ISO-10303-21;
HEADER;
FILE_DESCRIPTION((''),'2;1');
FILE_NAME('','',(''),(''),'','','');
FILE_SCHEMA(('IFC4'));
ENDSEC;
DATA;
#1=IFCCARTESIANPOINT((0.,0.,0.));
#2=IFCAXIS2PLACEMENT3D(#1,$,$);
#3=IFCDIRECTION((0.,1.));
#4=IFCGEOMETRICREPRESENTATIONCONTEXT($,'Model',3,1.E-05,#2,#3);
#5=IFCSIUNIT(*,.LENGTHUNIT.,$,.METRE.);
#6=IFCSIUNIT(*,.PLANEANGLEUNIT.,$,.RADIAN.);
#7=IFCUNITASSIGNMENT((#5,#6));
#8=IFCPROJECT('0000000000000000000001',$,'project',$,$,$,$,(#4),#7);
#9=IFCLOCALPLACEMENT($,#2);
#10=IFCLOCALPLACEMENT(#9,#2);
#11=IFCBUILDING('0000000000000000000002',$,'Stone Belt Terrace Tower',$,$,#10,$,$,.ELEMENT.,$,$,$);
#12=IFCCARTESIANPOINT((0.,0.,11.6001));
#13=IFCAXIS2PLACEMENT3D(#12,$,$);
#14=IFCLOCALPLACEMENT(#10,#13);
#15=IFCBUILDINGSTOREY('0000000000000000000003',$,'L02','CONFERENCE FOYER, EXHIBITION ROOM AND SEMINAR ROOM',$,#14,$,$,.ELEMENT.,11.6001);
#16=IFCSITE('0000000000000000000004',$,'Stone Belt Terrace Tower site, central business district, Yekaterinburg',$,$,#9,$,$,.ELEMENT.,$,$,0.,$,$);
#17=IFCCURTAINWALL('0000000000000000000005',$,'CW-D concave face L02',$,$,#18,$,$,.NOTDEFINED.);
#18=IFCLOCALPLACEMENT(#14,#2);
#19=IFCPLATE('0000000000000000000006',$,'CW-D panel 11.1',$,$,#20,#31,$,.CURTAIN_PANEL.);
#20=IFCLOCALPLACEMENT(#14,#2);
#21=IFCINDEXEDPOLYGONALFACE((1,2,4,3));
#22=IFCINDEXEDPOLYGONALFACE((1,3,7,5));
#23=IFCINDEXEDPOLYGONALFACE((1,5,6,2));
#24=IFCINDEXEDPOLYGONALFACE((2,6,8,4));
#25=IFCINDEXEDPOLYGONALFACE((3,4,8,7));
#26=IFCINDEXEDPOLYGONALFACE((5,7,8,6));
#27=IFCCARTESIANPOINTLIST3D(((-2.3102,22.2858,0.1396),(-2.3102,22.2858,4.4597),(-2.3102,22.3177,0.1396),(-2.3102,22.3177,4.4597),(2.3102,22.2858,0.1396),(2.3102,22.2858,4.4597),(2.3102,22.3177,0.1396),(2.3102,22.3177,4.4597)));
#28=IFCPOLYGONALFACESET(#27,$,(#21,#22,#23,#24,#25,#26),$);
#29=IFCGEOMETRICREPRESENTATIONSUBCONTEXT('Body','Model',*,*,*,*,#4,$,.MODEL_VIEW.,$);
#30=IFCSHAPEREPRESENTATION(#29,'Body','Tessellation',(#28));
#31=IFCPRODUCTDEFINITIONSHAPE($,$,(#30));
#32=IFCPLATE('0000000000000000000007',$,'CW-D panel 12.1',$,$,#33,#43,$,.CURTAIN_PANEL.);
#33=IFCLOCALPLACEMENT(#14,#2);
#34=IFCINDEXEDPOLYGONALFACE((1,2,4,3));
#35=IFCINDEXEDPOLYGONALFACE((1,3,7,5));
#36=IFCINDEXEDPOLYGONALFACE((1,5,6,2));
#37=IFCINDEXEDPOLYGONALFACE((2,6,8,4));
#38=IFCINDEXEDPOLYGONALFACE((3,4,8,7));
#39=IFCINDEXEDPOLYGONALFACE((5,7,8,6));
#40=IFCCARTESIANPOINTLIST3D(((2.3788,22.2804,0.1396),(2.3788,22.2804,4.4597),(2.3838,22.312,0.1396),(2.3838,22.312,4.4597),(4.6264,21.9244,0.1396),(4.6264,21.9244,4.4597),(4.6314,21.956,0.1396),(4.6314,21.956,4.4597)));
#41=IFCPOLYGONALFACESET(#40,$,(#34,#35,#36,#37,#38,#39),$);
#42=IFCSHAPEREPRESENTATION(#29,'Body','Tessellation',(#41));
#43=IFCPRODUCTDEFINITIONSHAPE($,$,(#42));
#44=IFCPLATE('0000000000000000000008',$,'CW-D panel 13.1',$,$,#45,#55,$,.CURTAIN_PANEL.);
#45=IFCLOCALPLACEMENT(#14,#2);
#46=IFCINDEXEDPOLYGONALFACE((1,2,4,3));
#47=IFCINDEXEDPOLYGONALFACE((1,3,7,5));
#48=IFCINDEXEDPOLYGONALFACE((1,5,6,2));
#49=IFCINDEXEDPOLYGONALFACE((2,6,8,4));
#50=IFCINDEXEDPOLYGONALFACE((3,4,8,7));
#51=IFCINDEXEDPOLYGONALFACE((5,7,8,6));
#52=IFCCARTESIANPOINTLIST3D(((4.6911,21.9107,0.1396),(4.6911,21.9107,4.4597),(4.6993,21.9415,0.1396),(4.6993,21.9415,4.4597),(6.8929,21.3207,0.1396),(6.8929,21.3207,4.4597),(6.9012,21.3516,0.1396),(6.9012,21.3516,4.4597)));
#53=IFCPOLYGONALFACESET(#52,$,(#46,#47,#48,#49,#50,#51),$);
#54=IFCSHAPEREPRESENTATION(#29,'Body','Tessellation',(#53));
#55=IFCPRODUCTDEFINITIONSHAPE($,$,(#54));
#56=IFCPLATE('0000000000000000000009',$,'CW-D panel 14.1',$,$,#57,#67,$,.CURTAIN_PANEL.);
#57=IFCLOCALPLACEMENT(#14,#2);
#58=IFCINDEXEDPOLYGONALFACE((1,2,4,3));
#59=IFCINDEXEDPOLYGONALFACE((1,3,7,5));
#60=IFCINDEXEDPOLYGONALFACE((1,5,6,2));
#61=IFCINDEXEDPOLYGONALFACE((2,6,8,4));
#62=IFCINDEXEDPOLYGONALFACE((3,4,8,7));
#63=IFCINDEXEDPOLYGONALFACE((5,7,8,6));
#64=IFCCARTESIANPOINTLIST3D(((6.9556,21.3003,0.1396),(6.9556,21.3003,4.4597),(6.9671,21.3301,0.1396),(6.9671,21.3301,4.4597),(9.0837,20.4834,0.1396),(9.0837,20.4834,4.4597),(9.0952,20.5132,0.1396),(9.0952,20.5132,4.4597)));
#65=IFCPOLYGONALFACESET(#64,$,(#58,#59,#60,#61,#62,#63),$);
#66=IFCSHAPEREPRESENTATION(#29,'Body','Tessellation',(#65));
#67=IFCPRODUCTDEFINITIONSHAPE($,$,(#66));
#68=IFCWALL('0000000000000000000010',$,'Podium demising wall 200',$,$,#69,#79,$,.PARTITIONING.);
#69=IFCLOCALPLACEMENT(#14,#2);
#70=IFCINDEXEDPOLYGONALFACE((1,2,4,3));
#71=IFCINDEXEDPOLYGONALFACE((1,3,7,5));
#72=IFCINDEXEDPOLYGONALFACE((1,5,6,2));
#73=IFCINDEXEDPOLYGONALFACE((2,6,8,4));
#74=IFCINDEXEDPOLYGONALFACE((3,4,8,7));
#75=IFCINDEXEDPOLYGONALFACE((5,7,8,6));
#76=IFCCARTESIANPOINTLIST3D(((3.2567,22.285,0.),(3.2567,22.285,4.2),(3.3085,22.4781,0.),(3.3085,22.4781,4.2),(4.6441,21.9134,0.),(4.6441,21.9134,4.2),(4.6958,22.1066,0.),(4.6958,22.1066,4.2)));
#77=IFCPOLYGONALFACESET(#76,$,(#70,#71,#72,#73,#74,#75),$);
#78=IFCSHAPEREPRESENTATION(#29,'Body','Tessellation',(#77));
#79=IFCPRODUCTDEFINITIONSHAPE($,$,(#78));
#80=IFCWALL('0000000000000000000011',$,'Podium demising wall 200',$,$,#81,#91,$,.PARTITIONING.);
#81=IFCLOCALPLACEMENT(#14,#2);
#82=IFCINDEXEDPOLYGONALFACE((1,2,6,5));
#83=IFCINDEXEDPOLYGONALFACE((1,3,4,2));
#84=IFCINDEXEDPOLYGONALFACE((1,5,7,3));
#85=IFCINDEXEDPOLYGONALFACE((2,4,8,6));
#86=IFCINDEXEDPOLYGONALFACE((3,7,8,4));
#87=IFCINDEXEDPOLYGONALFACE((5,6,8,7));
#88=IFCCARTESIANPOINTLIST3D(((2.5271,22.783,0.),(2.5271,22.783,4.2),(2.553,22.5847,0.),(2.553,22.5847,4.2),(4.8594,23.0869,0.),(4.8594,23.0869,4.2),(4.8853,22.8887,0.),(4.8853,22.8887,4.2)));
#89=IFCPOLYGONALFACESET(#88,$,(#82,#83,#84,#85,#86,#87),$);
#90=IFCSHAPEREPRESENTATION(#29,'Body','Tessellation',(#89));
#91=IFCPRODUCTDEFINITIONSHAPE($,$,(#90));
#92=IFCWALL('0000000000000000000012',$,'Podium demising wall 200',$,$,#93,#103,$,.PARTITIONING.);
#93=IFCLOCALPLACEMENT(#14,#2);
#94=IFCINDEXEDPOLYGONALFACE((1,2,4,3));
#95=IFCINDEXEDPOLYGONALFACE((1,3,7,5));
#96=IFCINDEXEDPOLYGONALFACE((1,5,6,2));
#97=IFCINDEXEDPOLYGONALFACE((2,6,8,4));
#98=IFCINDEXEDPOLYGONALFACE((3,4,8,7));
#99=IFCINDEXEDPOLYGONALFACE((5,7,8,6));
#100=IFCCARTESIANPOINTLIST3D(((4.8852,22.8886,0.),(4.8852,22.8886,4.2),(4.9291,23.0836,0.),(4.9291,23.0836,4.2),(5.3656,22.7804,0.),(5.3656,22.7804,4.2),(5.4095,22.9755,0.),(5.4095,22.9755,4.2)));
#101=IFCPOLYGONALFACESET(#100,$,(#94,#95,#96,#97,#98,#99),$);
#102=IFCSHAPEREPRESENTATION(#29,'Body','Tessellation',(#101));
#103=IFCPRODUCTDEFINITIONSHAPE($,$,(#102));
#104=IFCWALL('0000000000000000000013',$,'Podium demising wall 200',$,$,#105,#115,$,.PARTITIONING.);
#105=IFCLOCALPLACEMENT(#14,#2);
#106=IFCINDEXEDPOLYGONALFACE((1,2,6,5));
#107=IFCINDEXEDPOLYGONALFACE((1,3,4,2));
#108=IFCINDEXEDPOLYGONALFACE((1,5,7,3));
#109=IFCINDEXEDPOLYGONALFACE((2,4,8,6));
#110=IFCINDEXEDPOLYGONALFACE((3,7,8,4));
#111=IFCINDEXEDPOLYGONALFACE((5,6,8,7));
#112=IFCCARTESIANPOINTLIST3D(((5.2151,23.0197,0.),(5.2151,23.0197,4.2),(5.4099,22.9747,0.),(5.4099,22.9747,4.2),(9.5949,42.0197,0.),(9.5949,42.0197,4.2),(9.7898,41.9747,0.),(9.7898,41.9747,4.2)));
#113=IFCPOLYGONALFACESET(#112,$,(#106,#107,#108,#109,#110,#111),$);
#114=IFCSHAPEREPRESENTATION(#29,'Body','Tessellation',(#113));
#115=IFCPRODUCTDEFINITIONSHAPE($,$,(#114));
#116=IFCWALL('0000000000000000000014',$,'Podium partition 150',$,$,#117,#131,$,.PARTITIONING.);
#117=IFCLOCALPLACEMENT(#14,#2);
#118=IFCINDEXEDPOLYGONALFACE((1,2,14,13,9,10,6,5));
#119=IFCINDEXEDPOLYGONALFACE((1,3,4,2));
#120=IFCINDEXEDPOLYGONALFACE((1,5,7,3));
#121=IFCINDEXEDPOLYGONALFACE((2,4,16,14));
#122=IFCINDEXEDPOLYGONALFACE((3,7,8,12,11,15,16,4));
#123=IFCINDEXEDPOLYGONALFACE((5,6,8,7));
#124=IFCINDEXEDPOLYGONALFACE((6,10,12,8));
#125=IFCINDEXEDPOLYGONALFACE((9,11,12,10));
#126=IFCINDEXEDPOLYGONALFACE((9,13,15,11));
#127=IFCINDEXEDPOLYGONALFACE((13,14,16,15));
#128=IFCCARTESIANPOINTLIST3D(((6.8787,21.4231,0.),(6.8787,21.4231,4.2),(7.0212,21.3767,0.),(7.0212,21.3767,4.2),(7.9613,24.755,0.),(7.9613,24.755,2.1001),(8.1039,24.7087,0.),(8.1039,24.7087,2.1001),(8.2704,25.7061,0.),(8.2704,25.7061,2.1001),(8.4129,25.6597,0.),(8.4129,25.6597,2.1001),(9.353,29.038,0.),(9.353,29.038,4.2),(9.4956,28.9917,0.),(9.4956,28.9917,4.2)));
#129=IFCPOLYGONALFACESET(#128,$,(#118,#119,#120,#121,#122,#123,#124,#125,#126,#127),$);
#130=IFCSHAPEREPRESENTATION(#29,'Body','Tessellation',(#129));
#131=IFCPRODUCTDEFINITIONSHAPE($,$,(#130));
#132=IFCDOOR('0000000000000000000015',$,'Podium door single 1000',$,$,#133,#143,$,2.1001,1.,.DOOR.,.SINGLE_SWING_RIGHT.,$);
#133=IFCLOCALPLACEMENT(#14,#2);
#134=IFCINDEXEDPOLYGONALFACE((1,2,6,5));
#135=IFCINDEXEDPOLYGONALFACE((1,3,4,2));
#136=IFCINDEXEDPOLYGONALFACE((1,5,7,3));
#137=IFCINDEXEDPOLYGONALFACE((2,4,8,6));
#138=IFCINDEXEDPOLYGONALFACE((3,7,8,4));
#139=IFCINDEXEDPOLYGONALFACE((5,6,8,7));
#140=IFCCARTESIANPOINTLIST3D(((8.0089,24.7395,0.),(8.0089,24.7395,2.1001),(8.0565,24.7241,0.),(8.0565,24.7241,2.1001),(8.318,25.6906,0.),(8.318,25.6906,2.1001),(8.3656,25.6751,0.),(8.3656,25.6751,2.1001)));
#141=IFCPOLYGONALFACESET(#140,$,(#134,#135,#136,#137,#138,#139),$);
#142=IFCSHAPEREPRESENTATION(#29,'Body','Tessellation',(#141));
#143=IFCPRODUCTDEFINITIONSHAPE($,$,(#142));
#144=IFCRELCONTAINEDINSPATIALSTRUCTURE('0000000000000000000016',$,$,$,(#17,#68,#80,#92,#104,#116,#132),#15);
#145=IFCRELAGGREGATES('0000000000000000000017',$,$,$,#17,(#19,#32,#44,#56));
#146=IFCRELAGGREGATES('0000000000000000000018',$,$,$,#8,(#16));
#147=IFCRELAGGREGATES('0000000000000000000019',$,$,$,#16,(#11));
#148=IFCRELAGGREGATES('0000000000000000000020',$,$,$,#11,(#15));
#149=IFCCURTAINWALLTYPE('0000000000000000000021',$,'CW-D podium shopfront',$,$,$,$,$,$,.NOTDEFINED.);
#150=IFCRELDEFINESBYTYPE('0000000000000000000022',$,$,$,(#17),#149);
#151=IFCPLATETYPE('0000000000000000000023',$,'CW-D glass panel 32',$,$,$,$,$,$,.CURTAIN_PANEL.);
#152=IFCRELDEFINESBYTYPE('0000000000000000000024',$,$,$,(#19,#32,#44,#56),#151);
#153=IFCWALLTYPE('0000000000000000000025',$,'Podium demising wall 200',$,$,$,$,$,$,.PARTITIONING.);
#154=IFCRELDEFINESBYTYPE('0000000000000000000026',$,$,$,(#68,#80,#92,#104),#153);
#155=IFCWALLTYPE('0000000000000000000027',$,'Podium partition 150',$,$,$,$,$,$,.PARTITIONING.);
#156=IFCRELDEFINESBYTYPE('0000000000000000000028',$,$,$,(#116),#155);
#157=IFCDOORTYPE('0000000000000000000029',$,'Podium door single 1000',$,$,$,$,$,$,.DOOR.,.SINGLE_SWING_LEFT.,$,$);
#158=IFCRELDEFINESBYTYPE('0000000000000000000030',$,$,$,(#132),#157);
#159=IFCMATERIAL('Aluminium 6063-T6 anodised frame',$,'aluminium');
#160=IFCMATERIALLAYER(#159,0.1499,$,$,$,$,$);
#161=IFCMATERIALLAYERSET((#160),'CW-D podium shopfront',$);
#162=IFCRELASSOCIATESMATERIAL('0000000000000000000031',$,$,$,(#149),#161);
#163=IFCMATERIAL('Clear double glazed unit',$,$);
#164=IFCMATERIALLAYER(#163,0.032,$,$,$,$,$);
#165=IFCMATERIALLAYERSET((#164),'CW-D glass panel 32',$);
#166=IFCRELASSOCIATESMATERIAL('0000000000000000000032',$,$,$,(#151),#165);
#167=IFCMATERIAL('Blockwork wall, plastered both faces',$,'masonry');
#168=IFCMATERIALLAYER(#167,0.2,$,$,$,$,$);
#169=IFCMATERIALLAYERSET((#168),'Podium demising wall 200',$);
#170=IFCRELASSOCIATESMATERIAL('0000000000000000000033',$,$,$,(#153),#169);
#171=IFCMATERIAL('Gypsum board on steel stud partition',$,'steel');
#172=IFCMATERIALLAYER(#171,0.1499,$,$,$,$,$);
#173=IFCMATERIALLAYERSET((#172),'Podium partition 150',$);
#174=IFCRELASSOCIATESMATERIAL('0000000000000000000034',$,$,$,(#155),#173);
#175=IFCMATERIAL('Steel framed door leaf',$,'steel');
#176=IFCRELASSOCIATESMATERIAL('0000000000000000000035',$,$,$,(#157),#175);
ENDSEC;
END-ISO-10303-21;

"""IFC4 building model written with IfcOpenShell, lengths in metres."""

from ifc_helpers import new_model, si_unit, direction, frame, frame_2d, origin, origin_2d, place, context, subcontext, project, spatial, rectangle, extrude, material, layer, layer_set, type_object, element, fill, aggregate, save


model = new_model("IFC4")

# Units and contexts
model_context = context("Model", 3, precision=1e-05, world=origin(), true_north=direction((0.0, 1.0)))
body_context = subcontext(model_context, "Body", "Model", "MODEL_VIEW")
ifc_project = project(units=[si_unit("LENGTHUNIT", "METRE"), si_unit("PLANEANGLEUNIT", "RADIAN")], contexts=[model_context])

# Site, building, storey
site_placement = place(None, origin())
site = spatial("IfcSite", under=ifc_project, at=site_placement, Name="Stone Belt Terrace Tower site, central business district, Yekaterinburg", CompositionType="ELEMENT", RefElevation=0.0)
building_placement = place(site_placement, origin())
building = spatial("IfcBuilding", under=site, at=building_placement, Name="Stone Belt Terrace Tower", CompositionType="ELEMENT")
storey_placement = place(building_placement, frame((0.0, 0.0, 11.6001)))
storey = spatial("IfcBuildingStorey", under=building, at=storey_placement, Name="L02", Description="CONFERENCE FOYER, EXHIBITION ROOM AND SEMINAR ROOM", CompositionType="ELEMENT", Elevation=11.6001)

# Curtain wall, plates
ifc_material_1 = material(Name="Aluminium 6063-T6 anodised frame", Category="aluminium")
ifc_layer_1 = layer(ifc_material_1, 0.1499)
ifc_layer_set_1 = layer_set([ifc_layer_1], Name="CW-D podium shopfront")
curtain_wall_type = type_object("IfcCurtainWallType", Name="CW-D podium shopfront", PredefinedType="NOTDEFINED", material=ifc_layer_set_1)
curtain_wall_placement = place(storey_placement, origin())
curtain_wall = element("IfcCurtainWall", 1, at=curtain_wall_placement, inside=storey, type_object=curtain_wall_type, Name="CW-D concave face L02", PredefinedType="NOTDEFINED")
ifc_material_2 = material(Name="Clear double glazed unit")
ifc_layer_2 = layer(ifc_material_2, 0.032)
ifc_layer_set_2 = layer_set([ifc_layer_2], Name="CW-D glass panel 32")
plate_type = type_object("IfcPlateType", Name="CW-D glass panel 32", PredefinedType="CURTAIN_PANEL", material=ifc_layer_set_2)
plate_1_placement = place(storey_placement, frame((0.0, 22.3018, 0.1396), z_axis=(0.0, 0.0, 1.0), x_axis=(1.0, 0.0, 0.0)))
plate_1 = element("IfcPlate", 2, at=plate_1_placement, type_object=plate_type, Name="CW-D panel 11.1", PredefinedType="CURTAIN_PANEL", context=body_context, shape_type="SweptSolid", body=[
    extrude(rectangle(XDim=4.6204, YDim=0.032, at=origin_2d()), origin(), (0.0, 0.0, 1.0), 4.3201),
])
plate_2_placement = place(storey_placement, frame((3.5051, 22.1182, 0.1396), z_axis=(0.0, 0.0, 1.0), x_axis=(0.987688, -0.156434, 0.0)))
plate_2 = element("IfcPlate", 3, at=plate_2_placement, type_object=plate_type, Name="CW-D panel 12.1", PredefinedType="CURTAIN_PANEL", context=body_context, shape_type="SweptSolid", body=[
    extrude(rectangle(XDim=2.2756, YDim=0.032, at=origin_2d()), origin(), (0.0, 0.0, 1.0), 4.3201),
])
plate_3_placement = place(storey_placement, frame((5.7961, 21.6311, 0.1396), z_axis=(0.0, 0.0, 1.0), x_axis=(0.965926, -0.258819, 0.0)))
plate_3 = element("IfcPlate", 4, at=plate_3_placement, type_object=plate_type, Name="CW-D panel 13.1", PredefinedType="CURTAIN_PANEL", context=body_context, shape_type="SweptSolid", body=[
    extrude(rectangle(XDim=2.2795, YDim=0.032, at=origin_2d()), origin(), (0.0, 0.0, 1.0), 4.3201),
])
plate_4_placement = place(storey_placement, frame((8.0254, 20.9067, 0.1396), z_axis=(0.0, 0.0, 1.0), x_axis=(0.93358, -0.358368, 0.0)))
plate_4 = element("IfcPlate", 5, at=plate_4_placement, type_object=plate_type, Name="CW-D panel 14.1", PredefinedType="CURTAIN_PANEL", context=body_context, shape_type="SweptSolid", body=[
    extrude(rectangle(XDim=2.2795, YDim=0.032, at=origin_2d()), origin(), (0.0, 0.0, 1.0), 4.3201),
])
aggregate(curtain_wall, [plate_1, plate_2, plate_3, plate_4])

# Walls
ifc_material_3 = material(Name="Blockwork wall, plastered both faces", Category="masonry")
ifc_layer_3 = layer(ifc_material_3, 0.2)
ifc_layer_set_3 = layer_set([ifc_layer_3], Name="Podium demising wall 200")
wall_type_1 = type_object("IfcWallType", Name="Podium demising wall 200", PredefinedType="PARTITIONING", material=ifc_layer_set_3)
wall_1_placement = place(storey_placement, frame((3.2825, 22.3816, 0.0), z_axis=(0.0, 0.0, 1.0), x_axis=(0.965958, -0.258699, 0.0)))
element("IfcWall", 6, at=wall_1_placement, inside=storey, type_object=wall_type_1, Name="Podium demising wall 200", PredefinedType="PARTITIONING", context=body_context, shape_type="SweptSolid", body=[
    extrude(rectangle(XDim=1.4363, YDim=0.2, at=frame_2d((0.7183, 0.0))), origin(), (0.0, 0.0, 1.0), 4.2),
])
wall_2_placement = place(storey_placement, frame((2.54, 22.6838, 0.0), z_axis=(0.0, 0.0, 1.0), x_axis=(0.991614, 0.129233, 0.0)))
element("IfcWall", 7, at=wall_2_placement, inside=storey, type_object=wall_type_1, Name="Podium demising wall 200", PredefinedType="PARTITIONING", context=body_context, shape_type="SweptSolid", body=[
    extrude(rectangle(XDim=2.3521, YDim=0.2, at=frame_2d((1.176, 0.0))), origin(), (0.0, 0.0, 1.0), 4.2),
])
wall_3_placement = place(storey_placement, frame((4.9072, 22.9861, 0.0), z_axis=(0.0, 0.0, 1.0), x_axis=(0.975589, -0.219607, 0.0)))
element("IfcWall", 8, at=wall_3_placement, inside=storey, type_object=wall_type_1, Name="Podium demising wall 200", PredefinedType="PARTITIONING", context=body_context, shape_type="SweptSolid", body=[
    extrude(rectangle(XDim=0.4924, YDim=0.2, at=frame_2d((0.2461, 0.0))), origin(), (0.0, 0.0, 1.0), 4.2),
])
wall_4_placement = place(storey_placement, frame((5.3125, 22.9973, 0.0), z_axis=(0.0, 0.0, 1.0), x_axis=(0.224629, 0.974444, 0.0)))
element("IfcWall", 9, at=wall_4_placement, inside=storey, type_object=wall_type_1, Name="Podium demising wall 200", PredefinedType="PARTITIONING", context=body_context, shape_type="SweptSolid", body=[
    extrude(rectangle(XDim=19.4983, YDim=0.2, at=frame_2d((9.749, 0.0))), origin(), (0.0, 0.0, 1.0), 4.2),
])

# Wall, opening, door
ifc_material_4 = material(Name="Gypsum board on steel stud partition", Category="steel")
ifc_layer_4 = layer(ifc_material_4, 0.1499)
ifc_layer_set_4 = layer_set([ifc_layer_4], Name="Podium partition 150")
wall_type_2 = type_object("IfcWallType", Name="Podium partition 150", PredefinedType="PARTITIONING", material=ifc_layer_set_4)
wall_5_placement = place(storey_placement, frame((6.95, 21.3999, 0.0), z_axis=(0.0, 0.0, 1.0), x_axis=(0.309029, 0.951053, 0.0)))
wall_5 = element("IfcWall", 10, at=wall_5_placement, inside=storey, type_object=wall_type_2, Name="Podium partition 150", PredefinedType="PARTITIONING", context=body_context, shape_type="SweptSolid", body=[
    extrude(rectangle(XDim=8.0068, YDim=0.1499, at=frame_2d((4.0034, 0.0))), origin(), (0.0, 0.0, 1.0), 4.2),
])
opening_placement = place(wall_5_placement, frame((3.5034, 0.0, 0.0)))
opening = element("IfcOpeningElement", 11, at=opening_placement, cuts=wall_5, PredefinedType="OPENING", context=body_context, shape_type="SweptSolid", body=[
    extrude(rectangle(XDim=1.0, YDim=2.1001, at=frame_2d((0.5, 1.05))), frame((0.0, 0.085, 0.0), z_axis=(0.0, -1.0, 0.0), x_axis=(1.0, 0.0, 0.0)), (0.0, 0.0, 1.0), 0.1699),
])
ifc_material_5 = material(Name="Steel framed door leaf", Category="steel")
door_type = type_object("IfcDoorType", Name="Podium door single 1000", OperationType="SINGLE_SWING_LEFT", PredefinedType="DOOR", material=ifc_material_5)
door_placement = place(opening_placement, origin())
door = element("IfcDoor", 12, at=door_placement, inside=storey, type_object=door_type, Name="Podium door single 1000", OperationType="SINGLE_SWING_RIGHT", OverallHeight=2.1001, OverallWidth=1.0, PredefinedType="DOOR", context=body_context, shape_type="SweptSolid", body=[
    extrude(rectangle(XDim=1.0, YDim=2.1001, at=frame_2d((0.5, 1.05))), frame((0.0, 0.0249, 0.0), z_axis=(0.0, -1.0, 0.0), x_axis=(1.0, 0.0, 0.0)), (0.0, 0.0, 1.0), 0.05),
])
fill(opening, door)

save(model, "model.ifc")
